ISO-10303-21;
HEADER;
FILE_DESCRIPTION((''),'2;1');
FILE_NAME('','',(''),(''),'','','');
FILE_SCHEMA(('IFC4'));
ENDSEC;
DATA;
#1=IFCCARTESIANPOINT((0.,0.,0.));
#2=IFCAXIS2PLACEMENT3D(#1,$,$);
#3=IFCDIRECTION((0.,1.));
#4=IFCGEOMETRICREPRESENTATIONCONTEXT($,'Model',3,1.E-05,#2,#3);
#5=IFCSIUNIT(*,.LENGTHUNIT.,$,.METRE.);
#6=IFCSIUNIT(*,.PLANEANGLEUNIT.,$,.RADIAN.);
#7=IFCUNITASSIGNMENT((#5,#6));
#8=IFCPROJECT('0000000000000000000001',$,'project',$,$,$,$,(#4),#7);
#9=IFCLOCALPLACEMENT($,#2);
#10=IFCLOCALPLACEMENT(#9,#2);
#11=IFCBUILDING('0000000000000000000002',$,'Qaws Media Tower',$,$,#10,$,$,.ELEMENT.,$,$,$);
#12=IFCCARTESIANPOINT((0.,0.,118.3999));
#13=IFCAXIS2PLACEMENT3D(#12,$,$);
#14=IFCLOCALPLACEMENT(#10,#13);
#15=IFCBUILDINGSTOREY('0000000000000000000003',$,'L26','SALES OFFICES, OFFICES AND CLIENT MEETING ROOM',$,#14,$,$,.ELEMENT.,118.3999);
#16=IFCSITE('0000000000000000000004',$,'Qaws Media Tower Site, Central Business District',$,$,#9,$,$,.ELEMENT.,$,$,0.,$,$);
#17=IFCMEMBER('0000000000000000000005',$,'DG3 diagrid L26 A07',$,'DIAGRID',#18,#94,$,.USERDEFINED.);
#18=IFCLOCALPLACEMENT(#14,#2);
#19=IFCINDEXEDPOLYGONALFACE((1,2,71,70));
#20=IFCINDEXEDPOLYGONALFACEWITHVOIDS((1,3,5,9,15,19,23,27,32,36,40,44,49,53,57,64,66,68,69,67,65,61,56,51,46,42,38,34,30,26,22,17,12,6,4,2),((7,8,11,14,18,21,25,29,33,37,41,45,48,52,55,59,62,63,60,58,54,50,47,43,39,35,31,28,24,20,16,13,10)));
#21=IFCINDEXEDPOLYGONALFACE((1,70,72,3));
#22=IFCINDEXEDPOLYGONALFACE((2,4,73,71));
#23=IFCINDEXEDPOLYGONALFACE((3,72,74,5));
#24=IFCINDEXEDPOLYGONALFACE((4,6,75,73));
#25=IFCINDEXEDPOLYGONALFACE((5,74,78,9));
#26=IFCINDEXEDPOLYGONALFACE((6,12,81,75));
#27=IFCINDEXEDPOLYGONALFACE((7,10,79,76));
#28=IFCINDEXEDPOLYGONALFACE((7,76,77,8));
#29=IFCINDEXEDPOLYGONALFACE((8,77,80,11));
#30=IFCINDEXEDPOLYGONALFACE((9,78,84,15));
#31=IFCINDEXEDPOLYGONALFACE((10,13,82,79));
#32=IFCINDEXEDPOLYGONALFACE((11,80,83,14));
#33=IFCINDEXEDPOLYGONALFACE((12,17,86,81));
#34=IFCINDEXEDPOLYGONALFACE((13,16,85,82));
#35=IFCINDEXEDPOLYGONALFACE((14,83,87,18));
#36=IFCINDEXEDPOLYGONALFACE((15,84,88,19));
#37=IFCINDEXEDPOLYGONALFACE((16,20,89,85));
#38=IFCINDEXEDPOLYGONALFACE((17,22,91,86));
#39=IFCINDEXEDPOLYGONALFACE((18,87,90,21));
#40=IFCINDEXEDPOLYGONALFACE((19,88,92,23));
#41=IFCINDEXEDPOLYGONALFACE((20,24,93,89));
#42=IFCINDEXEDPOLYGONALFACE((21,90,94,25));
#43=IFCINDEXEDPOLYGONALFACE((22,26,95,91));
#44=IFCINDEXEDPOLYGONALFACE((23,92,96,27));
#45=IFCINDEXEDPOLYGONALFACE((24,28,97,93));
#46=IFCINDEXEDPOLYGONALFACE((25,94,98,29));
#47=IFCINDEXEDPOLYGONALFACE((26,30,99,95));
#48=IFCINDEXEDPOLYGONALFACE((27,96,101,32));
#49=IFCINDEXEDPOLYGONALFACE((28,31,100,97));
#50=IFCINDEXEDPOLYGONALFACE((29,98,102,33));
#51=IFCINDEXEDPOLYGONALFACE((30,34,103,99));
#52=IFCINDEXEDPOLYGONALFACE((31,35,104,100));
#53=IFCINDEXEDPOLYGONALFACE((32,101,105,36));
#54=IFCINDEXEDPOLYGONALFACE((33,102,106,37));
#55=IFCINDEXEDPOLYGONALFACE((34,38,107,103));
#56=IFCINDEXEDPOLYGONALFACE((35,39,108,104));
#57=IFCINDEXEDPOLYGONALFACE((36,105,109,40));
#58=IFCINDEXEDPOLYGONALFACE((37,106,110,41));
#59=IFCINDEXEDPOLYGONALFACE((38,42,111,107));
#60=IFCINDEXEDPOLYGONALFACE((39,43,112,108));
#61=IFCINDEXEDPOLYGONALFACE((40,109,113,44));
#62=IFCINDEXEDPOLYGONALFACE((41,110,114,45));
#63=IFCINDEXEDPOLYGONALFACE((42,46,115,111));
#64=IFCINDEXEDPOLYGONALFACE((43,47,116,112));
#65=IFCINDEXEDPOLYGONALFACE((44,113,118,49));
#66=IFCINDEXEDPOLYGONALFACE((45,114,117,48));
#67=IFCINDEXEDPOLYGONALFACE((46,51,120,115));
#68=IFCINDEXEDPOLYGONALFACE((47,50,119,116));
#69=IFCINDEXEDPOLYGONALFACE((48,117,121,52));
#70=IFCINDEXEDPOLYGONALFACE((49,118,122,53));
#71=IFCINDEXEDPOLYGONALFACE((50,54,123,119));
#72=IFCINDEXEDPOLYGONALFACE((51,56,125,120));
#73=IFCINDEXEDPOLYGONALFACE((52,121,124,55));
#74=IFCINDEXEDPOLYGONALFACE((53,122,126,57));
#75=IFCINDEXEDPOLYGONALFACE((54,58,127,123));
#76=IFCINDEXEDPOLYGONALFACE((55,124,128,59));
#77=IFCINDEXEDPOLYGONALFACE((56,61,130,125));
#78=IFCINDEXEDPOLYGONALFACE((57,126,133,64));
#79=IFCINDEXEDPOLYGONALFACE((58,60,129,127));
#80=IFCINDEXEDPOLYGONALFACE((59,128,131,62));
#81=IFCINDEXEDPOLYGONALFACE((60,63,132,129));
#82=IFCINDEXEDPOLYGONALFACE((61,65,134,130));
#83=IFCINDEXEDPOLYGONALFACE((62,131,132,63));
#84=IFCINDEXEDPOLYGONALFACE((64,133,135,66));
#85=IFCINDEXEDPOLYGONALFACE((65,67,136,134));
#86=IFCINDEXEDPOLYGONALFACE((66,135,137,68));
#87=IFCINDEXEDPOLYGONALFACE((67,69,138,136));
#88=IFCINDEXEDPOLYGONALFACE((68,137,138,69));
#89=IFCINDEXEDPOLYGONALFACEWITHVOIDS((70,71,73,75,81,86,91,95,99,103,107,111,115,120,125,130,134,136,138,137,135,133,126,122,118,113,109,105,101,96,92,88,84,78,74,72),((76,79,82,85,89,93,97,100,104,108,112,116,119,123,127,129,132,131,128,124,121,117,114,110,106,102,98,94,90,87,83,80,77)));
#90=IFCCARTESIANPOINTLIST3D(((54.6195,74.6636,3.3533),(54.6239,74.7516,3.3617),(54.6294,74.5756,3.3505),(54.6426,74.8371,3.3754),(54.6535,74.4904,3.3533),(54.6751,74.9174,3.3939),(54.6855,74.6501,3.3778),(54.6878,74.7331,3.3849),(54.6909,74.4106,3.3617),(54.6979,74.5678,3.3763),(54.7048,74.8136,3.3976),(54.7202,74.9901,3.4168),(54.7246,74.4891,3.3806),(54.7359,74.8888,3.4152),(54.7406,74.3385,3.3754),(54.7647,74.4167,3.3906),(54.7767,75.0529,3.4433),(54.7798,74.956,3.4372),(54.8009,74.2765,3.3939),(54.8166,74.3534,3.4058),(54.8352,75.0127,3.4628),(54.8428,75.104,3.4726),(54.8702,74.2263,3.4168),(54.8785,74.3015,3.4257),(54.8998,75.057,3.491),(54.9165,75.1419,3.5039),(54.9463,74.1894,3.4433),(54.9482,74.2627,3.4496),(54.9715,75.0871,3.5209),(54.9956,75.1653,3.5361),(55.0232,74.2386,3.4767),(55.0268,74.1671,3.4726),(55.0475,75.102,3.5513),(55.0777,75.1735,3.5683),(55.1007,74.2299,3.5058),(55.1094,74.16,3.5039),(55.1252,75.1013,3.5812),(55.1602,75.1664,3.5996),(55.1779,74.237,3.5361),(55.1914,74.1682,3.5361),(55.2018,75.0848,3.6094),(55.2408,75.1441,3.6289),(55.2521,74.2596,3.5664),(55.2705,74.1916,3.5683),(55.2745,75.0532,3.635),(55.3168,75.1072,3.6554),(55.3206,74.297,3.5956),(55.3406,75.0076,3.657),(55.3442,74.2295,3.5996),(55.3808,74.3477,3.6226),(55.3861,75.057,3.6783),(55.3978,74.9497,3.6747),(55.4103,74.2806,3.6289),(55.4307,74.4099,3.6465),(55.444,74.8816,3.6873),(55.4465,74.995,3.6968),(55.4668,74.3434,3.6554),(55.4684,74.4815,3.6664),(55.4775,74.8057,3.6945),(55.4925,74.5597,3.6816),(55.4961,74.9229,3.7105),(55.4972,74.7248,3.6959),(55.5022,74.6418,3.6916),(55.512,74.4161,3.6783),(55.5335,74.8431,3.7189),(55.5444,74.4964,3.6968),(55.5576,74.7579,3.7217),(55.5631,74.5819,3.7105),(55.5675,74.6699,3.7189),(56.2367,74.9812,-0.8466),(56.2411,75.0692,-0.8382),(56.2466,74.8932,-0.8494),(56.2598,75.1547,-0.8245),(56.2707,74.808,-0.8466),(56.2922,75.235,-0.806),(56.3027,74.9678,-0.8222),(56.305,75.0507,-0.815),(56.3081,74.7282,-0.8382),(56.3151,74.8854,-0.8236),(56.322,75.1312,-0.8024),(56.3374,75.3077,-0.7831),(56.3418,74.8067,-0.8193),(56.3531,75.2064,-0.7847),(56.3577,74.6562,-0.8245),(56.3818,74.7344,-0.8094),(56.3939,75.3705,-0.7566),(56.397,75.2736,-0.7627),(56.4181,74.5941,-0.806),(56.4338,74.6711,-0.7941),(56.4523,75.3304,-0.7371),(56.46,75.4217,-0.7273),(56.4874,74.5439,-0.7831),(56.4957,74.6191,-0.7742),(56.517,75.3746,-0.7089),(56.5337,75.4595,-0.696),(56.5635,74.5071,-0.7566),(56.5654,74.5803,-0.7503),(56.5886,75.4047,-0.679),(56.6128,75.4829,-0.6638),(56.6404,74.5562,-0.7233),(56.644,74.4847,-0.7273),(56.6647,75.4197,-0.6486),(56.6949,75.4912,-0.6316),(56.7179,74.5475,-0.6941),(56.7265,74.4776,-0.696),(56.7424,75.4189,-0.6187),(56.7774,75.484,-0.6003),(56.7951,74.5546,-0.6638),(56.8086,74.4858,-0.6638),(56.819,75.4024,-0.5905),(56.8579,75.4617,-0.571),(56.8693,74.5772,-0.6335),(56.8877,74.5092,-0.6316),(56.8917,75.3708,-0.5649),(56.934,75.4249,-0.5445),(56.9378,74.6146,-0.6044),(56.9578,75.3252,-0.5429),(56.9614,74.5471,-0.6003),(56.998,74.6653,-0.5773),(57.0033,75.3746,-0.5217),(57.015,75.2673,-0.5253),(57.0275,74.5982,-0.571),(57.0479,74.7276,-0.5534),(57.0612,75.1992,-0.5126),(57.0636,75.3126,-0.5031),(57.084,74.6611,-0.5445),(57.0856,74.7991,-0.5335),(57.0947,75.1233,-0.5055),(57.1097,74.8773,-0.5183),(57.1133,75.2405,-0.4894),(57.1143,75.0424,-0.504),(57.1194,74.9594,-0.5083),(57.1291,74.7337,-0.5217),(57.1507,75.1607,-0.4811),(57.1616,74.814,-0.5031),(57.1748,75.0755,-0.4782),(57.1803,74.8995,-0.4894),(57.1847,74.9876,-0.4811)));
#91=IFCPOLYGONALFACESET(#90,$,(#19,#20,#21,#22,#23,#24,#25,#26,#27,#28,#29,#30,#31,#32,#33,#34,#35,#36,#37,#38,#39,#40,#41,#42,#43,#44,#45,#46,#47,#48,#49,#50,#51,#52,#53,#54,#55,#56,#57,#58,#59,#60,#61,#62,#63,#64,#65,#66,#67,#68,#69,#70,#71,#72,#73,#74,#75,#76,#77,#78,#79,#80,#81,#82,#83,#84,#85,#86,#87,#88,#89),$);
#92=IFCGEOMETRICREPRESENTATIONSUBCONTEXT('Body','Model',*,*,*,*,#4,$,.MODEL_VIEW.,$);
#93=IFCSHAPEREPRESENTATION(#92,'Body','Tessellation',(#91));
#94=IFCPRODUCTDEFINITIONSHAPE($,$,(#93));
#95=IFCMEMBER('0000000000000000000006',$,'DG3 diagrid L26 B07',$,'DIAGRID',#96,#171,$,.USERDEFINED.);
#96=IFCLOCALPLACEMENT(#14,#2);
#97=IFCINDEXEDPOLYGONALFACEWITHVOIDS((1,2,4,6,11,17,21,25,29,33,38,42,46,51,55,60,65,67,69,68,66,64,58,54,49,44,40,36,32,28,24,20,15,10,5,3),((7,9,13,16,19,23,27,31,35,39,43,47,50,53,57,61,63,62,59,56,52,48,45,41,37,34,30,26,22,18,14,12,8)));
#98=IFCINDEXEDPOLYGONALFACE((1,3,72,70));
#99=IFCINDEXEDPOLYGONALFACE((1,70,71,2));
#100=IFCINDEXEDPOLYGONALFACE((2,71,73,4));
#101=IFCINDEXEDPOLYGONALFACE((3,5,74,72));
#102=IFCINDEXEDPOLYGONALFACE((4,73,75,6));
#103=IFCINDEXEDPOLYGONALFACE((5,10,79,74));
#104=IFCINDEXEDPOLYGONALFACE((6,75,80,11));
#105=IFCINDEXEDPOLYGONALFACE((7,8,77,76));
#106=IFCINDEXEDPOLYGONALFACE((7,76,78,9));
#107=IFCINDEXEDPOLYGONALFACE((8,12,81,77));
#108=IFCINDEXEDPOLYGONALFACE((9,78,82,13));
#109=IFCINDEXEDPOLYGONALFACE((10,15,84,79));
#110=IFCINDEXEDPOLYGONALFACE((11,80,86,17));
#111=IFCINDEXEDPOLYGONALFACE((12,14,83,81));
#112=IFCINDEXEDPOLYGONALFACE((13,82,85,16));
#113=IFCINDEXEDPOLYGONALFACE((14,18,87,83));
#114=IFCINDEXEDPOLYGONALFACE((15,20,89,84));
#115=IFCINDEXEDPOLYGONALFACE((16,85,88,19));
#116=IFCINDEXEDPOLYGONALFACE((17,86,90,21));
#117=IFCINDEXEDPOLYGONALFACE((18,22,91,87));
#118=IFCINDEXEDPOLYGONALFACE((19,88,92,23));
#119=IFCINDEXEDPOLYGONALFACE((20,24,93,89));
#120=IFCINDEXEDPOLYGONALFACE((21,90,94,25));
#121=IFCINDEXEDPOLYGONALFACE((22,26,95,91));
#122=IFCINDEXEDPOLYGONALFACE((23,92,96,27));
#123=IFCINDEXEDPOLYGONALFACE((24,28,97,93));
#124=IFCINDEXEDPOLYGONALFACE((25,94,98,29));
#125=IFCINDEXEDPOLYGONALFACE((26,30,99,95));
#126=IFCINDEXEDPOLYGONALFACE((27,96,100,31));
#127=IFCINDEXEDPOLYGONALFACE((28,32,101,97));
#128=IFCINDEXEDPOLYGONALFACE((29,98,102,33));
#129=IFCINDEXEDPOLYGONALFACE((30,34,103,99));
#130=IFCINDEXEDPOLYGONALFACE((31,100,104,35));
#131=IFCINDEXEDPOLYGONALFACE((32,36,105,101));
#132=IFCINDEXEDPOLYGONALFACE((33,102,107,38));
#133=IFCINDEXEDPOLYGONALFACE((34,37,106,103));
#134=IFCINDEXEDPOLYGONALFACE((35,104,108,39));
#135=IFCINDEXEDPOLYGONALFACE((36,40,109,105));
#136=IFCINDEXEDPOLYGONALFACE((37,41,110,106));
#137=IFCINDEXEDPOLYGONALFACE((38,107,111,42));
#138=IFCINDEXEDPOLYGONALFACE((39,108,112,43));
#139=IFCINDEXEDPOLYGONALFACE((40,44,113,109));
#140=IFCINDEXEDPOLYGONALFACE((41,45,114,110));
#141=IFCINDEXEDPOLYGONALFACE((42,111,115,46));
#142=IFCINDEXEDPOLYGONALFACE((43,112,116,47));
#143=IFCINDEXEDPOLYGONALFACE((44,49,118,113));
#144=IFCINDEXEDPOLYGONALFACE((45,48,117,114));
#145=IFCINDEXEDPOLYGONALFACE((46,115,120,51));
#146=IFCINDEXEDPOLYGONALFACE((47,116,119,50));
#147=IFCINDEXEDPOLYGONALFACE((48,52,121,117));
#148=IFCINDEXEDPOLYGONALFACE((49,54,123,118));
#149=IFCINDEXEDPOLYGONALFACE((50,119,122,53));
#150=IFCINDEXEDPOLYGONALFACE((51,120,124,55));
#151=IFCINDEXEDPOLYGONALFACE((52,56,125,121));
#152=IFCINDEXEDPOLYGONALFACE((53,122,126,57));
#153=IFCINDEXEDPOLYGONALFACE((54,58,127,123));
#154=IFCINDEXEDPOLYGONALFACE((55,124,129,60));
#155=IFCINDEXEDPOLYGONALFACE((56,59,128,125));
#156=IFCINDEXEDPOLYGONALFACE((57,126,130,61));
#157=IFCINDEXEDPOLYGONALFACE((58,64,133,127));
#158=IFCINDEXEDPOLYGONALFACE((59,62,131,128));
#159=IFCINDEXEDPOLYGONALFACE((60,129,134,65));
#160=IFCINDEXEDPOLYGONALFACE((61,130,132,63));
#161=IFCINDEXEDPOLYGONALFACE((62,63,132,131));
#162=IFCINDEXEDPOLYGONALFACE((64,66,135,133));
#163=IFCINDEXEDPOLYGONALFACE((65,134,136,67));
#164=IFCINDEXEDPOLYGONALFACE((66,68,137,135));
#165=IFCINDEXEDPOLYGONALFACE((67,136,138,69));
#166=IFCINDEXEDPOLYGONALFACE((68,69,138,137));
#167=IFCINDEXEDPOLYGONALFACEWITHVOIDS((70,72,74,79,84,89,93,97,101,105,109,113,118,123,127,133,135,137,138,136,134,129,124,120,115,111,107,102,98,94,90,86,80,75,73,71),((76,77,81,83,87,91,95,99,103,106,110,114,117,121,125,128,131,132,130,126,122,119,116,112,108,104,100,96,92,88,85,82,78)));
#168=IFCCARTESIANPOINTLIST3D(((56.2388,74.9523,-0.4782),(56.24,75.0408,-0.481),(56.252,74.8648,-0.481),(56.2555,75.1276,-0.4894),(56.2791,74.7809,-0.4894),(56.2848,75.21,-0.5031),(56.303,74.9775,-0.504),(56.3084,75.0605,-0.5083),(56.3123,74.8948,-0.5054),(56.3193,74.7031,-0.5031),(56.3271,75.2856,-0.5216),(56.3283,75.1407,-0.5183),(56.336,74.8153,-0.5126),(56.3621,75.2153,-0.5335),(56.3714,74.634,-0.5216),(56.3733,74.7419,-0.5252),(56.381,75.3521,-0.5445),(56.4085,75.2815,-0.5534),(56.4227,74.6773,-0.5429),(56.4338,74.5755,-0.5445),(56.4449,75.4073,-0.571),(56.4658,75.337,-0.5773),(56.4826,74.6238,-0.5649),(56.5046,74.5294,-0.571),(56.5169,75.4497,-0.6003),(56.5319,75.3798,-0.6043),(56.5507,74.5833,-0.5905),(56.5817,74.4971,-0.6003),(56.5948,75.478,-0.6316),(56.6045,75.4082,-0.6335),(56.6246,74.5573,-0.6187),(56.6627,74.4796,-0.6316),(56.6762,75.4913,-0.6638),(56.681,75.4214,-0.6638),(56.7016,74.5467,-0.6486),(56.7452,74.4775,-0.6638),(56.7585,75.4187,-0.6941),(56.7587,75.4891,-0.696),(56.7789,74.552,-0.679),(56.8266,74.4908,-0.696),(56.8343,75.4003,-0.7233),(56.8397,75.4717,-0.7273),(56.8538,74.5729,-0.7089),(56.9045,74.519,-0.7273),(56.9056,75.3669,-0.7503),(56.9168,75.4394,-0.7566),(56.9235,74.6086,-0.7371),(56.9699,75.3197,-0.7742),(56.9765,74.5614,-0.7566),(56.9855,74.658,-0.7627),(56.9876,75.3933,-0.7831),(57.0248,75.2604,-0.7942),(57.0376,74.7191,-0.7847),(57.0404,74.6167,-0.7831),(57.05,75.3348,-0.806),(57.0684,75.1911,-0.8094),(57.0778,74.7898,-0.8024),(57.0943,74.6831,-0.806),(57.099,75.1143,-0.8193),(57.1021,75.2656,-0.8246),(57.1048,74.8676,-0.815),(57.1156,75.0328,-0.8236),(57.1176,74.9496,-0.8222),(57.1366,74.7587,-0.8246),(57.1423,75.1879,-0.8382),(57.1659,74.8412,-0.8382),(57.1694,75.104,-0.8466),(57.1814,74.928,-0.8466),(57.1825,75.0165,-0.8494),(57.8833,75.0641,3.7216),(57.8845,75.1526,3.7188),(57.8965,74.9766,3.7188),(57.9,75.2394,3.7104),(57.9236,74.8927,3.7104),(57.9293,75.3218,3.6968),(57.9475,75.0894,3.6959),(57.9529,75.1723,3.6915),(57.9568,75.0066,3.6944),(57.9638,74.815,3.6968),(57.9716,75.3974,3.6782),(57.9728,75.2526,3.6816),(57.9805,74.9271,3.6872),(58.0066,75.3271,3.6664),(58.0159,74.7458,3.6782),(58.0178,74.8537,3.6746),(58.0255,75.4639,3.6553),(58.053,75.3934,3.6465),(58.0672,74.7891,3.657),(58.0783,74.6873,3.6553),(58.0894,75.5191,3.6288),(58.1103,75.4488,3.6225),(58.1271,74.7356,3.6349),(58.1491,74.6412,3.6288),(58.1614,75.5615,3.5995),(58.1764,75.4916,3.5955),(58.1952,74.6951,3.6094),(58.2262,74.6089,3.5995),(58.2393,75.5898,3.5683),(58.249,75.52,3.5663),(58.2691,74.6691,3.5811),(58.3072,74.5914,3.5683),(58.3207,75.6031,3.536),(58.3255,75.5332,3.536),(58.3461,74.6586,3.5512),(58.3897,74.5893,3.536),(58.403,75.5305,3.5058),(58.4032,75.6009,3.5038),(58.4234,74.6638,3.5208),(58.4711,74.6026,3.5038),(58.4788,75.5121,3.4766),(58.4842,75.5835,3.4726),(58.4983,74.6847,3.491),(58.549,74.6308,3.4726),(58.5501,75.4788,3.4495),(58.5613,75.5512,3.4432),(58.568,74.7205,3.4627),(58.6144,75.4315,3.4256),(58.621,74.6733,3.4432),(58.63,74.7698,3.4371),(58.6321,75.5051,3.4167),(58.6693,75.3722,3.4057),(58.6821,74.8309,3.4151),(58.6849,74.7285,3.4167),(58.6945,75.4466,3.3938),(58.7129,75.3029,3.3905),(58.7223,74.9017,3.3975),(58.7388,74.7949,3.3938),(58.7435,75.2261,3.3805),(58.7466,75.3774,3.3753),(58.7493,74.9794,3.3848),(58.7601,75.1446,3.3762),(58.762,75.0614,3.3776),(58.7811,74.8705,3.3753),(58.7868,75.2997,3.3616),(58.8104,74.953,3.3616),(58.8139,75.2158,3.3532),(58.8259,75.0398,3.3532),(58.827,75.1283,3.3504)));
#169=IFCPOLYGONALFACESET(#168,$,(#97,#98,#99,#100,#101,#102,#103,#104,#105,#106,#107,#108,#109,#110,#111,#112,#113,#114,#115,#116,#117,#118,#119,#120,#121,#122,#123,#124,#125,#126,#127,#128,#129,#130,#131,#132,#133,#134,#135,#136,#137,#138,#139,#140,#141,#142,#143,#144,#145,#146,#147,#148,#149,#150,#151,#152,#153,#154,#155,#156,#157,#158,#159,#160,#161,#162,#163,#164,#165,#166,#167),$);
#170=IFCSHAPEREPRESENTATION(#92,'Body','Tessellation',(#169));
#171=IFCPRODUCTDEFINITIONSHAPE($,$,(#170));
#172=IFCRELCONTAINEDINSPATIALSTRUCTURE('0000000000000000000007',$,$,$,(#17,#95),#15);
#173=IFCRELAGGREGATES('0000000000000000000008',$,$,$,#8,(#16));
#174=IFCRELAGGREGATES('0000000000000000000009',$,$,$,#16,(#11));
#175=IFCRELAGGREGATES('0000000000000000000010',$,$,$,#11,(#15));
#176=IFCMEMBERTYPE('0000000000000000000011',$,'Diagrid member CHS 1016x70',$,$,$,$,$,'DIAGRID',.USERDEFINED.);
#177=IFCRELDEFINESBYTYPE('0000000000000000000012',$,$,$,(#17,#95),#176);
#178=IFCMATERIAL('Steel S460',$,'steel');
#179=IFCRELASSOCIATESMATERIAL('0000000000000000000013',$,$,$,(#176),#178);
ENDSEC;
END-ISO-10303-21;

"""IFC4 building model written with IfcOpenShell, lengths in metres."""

from ifc_helpers import new_model, si_unit, direction, frame, origin, origin_2d, place, context, subcontext, project, spatial, hollow_circle, extrude, material, material_profile, profile_set, type_object, element, save


model = new_model("IFC4")

# Units and contexts
model_context = context("Model", 3, precision=1e-05, world=origin(), true_north=direction((0.0, 1.0)))
body_context = subcontext(model_context, "Body", "Model", "MODEL_VIEW")
ifc_project = project(units=[si_unit("LENGTHUNIT", "METRE"), si_unit("PLANEANGLEUNIT", "RADIAN")], contexts=[model_context])

# Site, building, storey
site_placement = place(None, origin())
site = spatial("IfcSite", under=ifc_project, at=site_placement, Name="Qaws Media Tower Site, Central Business District", CompositionType="ELEMENT", RefElevation=0.0)
building_placement = place(site_placement, origin())
building = spatial("IfcBuilding", under=site, at=building_placement, Name="Qaws Media Tower", CompositionType="ELEMENT")
storey_placement = place(building_placement, frame((0.0, 0.0, 118.3999)))
storey = spatial("IfcBuildingStorey", under=building, at=storey_placement, Name="L26", Description="SALES OFFICES, OFFICES AND CLIENT MEETING ROOM", CompositionType="ELEMENT", Elevation=118.3999)

# Members
ifc_material_1 = material(Name="Steel S460", Category="steel")
ifc_material_profile_1 = material_profile(ifc_material_1, hollow_circle(Radius=0.5081, WallThickness=0.0701, at=origin_2d()), Name="CHS 1016x70")
ifc_profile_set_1 = profile_set([ifc_material_profile_1], Name="Steel S460")
member_type_1 = type_object("IfcMemberType", Name="Diagrid member CHS 1016x70", ElementType="DIAGRID", PredefinedType="USERDEFINED", material=ifc_profile_set_1)
for number, where, z_axis, x_axis, name in (
    (1, (56.7107, 74.9844, -0.6638), (-0.35844, -0.0704, 0.930894), (0.192725, -0.981253, 0.0), "DG3 diagrid L26 A07"),
    (2, (56.7107, 74.9844, -0.6638), (0.364493, 0.024783, 0.930876), (-0.067836, 0.997696, 0.0), "DG3 diagrid L26 B07"),
):
    element("IfcMember", number, at=place(storey_placement, frame(where, z_axis=z_axis, x_axis=x_axis)), inside=storey, type_object=member_type_1, Name=name, ObjectType="DIAGRID", PredefinedType="USERDEFINED", context=body_context, shape_type="SweptSolid", body=[
        extrude(hollow_circle(Radius=0.5081, WallThickness=0.0701, at=origin_2d()), origin(), (0.0, 0.0, 1.0), 4.5117),
    ])

save(model, "model.ifc")
